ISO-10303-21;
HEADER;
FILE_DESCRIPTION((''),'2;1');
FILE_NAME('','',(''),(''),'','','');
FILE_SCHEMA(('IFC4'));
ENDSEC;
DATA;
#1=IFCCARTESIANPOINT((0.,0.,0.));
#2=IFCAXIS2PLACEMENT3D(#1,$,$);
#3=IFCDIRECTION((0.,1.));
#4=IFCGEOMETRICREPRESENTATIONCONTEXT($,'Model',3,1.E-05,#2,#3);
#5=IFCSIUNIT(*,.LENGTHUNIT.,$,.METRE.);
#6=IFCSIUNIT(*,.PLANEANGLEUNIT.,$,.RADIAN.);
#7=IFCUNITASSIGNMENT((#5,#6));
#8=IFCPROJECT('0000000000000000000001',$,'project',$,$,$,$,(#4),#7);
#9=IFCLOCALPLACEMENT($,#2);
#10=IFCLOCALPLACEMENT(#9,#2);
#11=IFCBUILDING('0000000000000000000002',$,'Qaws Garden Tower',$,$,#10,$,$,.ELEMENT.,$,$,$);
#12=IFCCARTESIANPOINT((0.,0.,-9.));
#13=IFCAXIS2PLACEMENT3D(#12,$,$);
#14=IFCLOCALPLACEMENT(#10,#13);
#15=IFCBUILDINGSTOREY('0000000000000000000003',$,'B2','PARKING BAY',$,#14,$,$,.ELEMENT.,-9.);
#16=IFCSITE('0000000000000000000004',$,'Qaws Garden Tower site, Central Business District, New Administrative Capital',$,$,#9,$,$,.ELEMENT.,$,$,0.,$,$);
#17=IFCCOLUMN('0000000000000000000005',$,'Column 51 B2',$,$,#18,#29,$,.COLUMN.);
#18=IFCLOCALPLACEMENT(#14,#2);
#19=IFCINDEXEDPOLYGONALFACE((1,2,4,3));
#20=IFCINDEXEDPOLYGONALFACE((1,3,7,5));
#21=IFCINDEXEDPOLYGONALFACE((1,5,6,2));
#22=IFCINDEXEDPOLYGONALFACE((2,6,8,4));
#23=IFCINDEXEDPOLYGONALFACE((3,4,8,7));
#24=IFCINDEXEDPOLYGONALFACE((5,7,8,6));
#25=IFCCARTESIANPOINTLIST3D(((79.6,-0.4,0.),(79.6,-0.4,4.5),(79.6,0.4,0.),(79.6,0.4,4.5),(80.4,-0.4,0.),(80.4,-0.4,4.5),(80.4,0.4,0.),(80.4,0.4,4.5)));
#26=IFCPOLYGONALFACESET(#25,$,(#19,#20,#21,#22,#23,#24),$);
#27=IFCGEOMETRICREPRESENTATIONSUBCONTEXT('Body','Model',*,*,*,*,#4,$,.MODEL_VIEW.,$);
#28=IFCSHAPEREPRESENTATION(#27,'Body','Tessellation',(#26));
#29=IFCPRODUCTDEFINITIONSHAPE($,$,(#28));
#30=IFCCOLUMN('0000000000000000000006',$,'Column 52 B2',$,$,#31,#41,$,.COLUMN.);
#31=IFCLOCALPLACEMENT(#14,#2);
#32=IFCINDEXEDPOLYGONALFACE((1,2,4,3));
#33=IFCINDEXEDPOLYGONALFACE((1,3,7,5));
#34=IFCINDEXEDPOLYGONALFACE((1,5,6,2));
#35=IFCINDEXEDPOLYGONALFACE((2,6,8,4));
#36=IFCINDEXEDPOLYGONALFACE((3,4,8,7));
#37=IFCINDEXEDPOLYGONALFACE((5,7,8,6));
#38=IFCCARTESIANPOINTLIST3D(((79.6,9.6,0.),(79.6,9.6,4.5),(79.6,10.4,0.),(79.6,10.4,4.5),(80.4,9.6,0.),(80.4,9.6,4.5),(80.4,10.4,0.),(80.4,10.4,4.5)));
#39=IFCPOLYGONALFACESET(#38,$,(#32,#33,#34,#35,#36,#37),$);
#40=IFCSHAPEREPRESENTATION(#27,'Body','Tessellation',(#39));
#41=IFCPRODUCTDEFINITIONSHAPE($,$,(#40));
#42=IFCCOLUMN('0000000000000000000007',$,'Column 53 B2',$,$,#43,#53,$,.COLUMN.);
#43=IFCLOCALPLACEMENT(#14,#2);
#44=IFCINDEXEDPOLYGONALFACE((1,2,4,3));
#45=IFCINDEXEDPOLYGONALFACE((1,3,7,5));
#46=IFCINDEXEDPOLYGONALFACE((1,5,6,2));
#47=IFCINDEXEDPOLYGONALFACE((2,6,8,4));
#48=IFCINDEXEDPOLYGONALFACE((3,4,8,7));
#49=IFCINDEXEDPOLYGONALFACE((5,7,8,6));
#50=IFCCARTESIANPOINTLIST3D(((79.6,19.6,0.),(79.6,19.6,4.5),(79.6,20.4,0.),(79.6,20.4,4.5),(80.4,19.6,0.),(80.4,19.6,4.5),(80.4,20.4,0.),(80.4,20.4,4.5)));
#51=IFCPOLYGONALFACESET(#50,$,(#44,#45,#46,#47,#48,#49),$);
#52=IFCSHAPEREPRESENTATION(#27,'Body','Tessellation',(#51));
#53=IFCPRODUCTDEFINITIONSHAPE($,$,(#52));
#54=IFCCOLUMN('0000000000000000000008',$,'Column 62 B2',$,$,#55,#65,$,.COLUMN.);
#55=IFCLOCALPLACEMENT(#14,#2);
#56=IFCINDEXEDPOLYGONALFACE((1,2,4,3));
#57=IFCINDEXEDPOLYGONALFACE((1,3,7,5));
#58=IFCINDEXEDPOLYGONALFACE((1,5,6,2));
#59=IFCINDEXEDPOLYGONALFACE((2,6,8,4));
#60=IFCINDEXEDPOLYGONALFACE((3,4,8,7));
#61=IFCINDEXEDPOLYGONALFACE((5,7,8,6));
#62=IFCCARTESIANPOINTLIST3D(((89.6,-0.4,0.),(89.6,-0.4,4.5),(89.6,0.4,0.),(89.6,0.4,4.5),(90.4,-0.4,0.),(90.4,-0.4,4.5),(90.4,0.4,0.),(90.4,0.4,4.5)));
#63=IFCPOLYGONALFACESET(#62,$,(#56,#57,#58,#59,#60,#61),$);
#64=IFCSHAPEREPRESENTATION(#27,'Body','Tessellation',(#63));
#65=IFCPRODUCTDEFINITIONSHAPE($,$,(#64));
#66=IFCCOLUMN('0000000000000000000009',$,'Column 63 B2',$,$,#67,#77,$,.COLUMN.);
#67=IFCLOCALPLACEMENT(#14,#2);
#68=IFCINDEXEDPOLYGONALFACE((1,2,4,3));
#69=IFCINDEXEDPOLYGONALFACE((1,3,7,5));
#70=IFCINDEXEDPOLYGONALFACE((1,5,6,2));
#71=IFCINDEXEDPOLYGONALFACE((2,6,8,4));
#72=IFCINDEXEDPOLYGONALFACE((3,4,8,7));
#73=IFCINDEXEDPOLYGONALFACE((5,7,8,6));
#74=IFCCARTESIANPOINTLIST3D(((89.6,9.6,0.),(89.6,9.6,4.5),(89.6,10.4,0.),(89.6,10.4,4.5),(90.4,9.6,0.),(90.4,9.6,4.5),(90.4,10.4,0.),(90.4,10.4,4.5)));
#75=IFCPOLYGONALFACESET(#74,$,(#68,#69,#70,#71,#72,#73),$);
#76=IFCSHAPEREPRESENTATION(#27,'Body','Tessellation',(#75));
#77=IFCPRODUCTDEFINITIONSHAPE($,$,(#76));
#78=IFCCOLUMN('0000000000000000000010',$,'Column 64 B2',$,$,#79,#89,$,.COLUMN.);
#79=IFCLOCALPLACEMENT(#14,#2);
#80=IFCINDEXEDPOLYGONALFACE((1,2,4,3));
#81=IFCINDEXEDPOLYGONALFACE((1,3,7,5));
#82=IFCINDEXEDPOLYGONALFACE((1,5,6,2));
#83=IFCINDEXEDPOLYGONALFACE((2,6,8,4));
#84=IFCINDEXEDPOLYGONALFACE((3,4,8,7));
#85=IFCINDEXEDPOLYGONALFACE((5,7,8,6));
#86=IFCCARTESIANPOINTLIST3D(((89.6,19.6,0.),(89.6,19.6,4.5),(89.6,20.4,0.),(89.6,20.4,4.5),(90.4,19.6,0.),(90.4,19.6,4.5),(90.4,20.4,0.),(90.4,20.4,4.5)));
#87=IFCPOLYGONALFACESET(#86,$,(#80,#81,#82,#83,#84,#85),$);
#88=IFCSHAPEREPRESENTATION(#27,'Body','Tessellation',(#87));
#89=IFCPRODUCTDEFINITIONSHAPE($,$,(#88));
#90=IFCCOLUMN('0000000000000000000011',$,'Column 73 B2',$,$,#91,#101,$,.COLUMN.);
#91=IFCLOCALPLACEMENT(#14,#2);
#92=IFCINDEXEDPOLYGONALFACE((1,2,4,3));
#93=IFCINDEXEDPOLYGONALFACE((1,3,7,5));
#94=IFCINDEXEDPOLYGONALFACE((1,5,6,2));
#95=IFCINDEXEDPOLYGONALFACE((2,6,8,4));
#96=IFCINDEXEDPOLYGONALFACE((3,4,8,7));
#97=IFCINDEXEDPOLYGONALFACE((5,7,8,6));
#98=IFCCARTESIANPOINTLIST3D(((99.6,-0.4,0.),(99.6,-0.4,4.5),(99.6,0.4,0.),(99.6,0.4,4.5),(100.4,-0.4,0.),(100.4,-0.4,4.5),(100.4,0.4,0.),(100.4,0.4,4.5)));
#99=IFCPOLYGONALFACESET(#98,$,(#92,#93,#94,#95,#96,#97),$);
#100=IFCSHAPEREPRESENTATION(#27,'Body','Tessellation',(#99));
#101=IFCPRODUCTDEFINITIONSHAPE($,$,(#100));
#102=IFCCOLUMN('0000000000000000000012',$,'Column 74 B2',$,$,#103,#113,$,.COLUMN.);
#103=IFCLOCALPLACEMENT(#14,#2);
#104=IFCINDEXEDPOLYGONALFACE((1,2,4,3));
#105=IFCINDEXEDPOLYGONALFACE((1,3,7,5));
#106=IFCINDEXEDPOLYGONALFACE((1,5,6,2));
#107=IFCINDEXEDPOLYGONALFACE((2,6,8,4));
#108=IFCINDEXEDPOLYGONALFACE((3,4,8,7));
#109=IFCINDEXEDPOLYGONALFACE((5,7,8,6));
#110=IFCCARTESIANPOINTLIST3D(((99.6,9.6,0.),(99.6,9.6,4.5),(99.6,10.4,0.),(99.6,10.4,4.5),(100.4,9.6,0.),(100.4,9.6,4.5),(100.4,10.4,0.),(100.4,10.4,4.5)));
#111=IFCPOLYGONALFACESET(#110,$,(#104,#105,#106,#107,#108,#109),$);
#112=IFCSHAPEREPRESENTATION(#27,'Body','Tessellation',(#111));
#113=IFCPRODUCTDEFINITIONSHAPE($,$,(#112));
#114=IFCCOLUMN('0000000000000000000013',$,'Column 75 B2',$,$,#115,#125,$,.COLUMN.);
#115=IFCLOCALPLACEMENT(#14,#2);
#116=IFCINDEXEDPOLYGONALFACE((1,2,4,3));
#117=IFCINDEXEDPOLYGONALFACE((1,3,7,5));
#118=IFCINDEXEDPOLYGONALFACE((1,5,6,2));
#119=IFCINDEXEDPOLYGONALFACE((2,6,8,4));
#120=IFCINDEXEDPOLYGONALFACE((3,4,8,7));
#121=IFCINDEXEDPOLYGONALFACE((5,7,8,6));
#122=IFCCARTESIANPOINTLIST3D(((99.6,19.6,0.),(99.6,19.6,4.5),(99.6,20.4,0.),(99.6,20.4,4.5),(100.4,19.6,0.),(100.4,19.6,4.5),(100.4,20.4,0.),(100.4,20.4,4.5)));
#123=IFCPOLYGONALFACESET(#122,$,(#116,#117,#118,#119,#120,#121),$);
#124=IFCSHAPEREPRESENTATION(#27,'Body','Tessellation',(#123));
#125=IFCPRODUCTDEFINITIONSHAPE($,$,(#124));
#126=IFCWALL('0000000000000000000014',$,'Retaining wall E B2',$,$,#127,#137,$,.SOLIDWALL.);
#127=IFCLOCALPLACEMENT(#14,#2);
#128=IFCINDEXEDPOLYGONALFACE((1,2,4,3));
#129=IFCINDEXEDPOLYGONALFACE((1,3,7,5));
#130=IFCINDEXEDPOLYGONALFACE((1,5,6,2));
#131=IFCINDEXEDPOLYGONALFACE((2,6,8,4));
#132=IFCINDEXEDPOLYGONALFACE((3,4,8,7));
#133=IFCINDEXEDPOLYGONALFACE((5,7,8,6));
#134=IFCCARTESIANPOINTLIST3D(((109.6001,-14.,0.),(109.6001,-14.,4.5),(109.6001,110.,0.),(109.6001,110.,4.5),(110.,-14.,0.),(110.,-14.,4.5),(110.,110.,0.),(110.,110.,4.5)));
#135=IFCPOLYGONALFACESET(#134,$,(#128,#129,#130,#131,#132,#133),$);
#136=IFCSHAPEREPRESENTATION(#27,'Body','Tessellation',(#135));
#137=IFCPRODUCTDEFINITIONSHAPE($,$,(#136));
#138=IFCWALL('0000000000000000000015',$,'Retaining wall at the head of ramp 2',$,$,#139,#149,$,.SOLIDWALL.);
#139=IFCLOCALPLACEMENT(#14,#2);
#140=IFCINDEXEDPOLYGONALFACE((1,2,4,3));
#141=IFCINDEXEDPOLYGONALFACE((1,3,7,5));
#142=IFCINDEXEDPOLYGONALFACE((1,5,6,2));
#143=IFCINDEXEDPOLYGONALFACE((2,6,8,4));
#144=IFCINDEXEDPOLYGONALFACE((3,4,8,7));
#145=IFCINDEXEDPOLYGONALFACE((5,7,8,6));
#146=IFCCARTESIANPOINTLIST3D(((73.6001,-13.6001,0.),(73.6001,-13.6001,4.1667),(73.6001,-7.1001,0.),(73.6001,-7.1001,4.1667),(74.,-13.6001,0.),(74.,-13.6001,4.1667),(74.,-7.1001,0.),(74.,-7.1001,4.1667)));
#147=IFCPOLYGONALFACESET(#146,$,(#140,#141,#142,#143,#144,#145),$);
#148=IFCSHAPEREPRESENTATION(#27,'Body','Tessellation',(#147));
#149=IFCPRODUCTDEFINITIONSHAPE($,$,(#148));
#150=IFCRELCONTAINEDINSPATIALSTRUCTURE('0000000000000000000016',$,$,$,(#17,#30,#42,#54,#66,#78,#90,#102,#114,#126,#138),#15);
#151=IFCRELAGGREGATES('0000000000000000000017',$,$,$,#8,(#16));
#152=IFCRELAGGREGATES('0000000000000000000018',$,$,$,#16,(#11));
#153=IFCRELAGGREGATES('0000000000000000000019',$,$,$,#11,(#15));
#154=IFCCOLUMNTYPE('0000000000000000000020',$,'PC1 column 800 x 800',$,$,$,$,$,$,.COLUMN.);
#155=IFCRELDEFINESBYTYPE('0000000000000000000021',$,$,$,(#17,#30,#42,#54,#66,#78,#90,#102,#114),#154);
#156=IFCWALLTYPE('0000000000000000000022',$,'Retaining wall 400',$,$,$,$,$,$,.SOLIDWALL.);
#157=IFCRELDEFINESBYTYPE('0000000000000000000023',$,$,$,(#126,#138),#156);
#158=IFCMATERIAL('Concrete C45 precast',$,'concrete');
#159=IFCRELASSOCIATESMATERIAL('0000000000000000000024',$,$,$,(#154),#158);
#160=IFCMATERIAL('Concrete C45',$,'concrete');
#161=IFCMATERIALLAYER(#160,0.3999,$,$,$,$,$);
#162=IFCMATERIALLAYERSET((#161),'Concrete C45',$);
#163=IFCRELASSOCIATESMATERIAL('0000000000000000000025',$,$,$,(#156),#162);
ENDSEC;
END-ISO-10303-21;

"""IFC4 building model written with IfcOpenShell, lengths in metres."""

from ifc_helpers import new_model, si_unit, direction, frame, frame_2d, origin, origin_2d, place, context, subcontext, project, spatial, rectangle, extrude, material, layer, layer_set, material_profile, profile_set, type_object, element, save


model = new_model("IFC4")

# Units and contexts
model_context = context("Model", 3, precision=1e-05, world=origin(), true_north=direction((0.0, 1.0)))
body_context = subcontext(model_context, "Body", "Model", "MODEL_VIEW")
ifc_project = project(units=[si_unit("LENGTHUNIT", "METRE"), si_unit("PLANEANGLEUNIT", "RADIAN")], contexts=[model_context])

# Site, building, storey
site_placement = place(None, origin())
site = spatial("IfcSite", under=ifc_project, at=site_placement, Name="Qaws Garden Tower site, Central Business District, New Administrative Capital", CompositionType="ELEMENT", RefElevation=0.0)
building_placement = place(site_placement, origin())
building = spatial("IfcBuilding", under=site, at=building_placement, Name="Qaws Garden Tower", CompositionType="ELEMENT")
storey_placement = place(building_placement, frame((0.0, 0.0, -9.0)))
storey = spatial("IfcBuildingStorey", under=building, at=storey_placement, Name="B2", Description="PARKING BAY", CompositionType="ELEMENT", Elevation=-9.0)

# Columns
ifc_material_1 = material(Name="Concrete C45 precast", Category="concrete")
ifc_material_profile_1 = material_profile(ifc_material_1, rectangle(XDim=0.8, YDim=0.8, at=origin_2d()), Name="PC1 column 800 x 800")
ifc_profile_set_1 = profile_set([ifc_material_profile_1], Name="Concrete C45 precast")
column_type_1 = type_object("IfcColumnType", Name="PC1 column 800 x 800", PredefinedType="COLUMN", material=ifc_profile_set_1)
for number, where, z_axis, x_axis, name in (
    (1, (80.0, 0.0, 0.0), (0.0, 0.0, 1.0), (1.0, 0.0, 0.0), "Column 51 B2"),
    (2, (80.0, 10.0, 0.0), (0.0, 0.0, 1.0), (1.0, 0.0, 0.0), "Column 52 B2"),
    (3, (80.0, 20.0, 0.0), (0.0, 0.0, 1.0), (1.0, 0.0, 0.0), "Column 53 B2"),
    (4, (90.0, 0.0, 0.0), (0.0, 0.0, 1.0), (1.0, 0.0, 0.0), "Column 62 B2"),
    (5, (90.0, 10.0, 0.0), (0.0, 0.0, 1.0), (1.0, 0.0, 0.0), "Column 63 B2"),
    (6, (90.0, 20.0, 0.0), (0.0, 0.0, 1.0), (1.0, 0.0, 0.0), "Column 64 B2"),
    (7, (100.0, 0.0, 0.0), (0.0, 0.0, 1.0), (1.0, 0.0, 0.0), "Column 73 B2"),
    (8, (100.0, 10.0, 0.0), (0.0, 0.0, 1.0), (1.0, 0.0, 0.0), "Column 74 B2"),
    (9, (100.0, 20.0, 0.0), (0.0, 0.0, 1.0), (1.0, 0.0, 0.0), "Column 75 B2"),
):
    element("IfcColumn", number, at=place(storey_placement, frame(where, z_axis=z_axis, x_axis=x_axis)), inside=storey, type_object=column_type_1, Name=name, PredefinedType="COLUMN", context=body_context, shape_type="SweptSolid", body=[
        extrude(rectangle(XDim=0.8, YDim=0.8, at=origin_2d()), origin(), (0.0, 0.0, 1.0), 4.5),
    ])

# Walls
ifc_material_2 = material(Name="Concrete C45", Category="concrete")
ifc_layer = layer(ifc_material_2, 0.3999)
ifc_layer_set = layer_set([ifc_layer], Name="Concrete C45")
wall_type = type_object("IfcWallType", Name="Retaining wall 400", PredefinedType="SOLIDWALL", material=ifc_layer_set)
wall_1_placement = place(storey_placement, frame((109.8, -14.0, 0.0), z_axis=(0.0, 0.0, 1.0), x_axis=(0.0, 1.0, 0.0)))
element("IfcWall", 10, at=wall_1_placement, inside=storey, type_object=wall_type, Name="Retaining wall E B2", PredefinedType="SOLIDWALL", context=body_context, shape_type="SweptSolid", body=[
    extrude(rectangle(XDim=124.0, YDim=0.3999, at=frame_2d((62.0, 0.0))), origin(), (0.0, 0.0, 1.0), 4.5),
])
wall_2_placement = place(storey_placement, frame((73.8, -13.6001, 0.0), z_axis=(0.0, 0.0, 1.0), x_axis=(0.0, 1.0, 0.0)))
element("IfcWall", 11, at=wall_2_placement, inside=storey, type_object=wall_type, Name="Retaining wall at the head of ramp 2", PredefinedType="SOLIDWALL", context=body_context, shape_type="SweptSolid", body=[
    extrude(rectangle(XDim=6.5, YDim=0.3999, at=frame_2d((3.25, 0.0))), origin(), (0.0, 0.0, 1.0), 4.1667),
])

save(model, "model.ifc")
